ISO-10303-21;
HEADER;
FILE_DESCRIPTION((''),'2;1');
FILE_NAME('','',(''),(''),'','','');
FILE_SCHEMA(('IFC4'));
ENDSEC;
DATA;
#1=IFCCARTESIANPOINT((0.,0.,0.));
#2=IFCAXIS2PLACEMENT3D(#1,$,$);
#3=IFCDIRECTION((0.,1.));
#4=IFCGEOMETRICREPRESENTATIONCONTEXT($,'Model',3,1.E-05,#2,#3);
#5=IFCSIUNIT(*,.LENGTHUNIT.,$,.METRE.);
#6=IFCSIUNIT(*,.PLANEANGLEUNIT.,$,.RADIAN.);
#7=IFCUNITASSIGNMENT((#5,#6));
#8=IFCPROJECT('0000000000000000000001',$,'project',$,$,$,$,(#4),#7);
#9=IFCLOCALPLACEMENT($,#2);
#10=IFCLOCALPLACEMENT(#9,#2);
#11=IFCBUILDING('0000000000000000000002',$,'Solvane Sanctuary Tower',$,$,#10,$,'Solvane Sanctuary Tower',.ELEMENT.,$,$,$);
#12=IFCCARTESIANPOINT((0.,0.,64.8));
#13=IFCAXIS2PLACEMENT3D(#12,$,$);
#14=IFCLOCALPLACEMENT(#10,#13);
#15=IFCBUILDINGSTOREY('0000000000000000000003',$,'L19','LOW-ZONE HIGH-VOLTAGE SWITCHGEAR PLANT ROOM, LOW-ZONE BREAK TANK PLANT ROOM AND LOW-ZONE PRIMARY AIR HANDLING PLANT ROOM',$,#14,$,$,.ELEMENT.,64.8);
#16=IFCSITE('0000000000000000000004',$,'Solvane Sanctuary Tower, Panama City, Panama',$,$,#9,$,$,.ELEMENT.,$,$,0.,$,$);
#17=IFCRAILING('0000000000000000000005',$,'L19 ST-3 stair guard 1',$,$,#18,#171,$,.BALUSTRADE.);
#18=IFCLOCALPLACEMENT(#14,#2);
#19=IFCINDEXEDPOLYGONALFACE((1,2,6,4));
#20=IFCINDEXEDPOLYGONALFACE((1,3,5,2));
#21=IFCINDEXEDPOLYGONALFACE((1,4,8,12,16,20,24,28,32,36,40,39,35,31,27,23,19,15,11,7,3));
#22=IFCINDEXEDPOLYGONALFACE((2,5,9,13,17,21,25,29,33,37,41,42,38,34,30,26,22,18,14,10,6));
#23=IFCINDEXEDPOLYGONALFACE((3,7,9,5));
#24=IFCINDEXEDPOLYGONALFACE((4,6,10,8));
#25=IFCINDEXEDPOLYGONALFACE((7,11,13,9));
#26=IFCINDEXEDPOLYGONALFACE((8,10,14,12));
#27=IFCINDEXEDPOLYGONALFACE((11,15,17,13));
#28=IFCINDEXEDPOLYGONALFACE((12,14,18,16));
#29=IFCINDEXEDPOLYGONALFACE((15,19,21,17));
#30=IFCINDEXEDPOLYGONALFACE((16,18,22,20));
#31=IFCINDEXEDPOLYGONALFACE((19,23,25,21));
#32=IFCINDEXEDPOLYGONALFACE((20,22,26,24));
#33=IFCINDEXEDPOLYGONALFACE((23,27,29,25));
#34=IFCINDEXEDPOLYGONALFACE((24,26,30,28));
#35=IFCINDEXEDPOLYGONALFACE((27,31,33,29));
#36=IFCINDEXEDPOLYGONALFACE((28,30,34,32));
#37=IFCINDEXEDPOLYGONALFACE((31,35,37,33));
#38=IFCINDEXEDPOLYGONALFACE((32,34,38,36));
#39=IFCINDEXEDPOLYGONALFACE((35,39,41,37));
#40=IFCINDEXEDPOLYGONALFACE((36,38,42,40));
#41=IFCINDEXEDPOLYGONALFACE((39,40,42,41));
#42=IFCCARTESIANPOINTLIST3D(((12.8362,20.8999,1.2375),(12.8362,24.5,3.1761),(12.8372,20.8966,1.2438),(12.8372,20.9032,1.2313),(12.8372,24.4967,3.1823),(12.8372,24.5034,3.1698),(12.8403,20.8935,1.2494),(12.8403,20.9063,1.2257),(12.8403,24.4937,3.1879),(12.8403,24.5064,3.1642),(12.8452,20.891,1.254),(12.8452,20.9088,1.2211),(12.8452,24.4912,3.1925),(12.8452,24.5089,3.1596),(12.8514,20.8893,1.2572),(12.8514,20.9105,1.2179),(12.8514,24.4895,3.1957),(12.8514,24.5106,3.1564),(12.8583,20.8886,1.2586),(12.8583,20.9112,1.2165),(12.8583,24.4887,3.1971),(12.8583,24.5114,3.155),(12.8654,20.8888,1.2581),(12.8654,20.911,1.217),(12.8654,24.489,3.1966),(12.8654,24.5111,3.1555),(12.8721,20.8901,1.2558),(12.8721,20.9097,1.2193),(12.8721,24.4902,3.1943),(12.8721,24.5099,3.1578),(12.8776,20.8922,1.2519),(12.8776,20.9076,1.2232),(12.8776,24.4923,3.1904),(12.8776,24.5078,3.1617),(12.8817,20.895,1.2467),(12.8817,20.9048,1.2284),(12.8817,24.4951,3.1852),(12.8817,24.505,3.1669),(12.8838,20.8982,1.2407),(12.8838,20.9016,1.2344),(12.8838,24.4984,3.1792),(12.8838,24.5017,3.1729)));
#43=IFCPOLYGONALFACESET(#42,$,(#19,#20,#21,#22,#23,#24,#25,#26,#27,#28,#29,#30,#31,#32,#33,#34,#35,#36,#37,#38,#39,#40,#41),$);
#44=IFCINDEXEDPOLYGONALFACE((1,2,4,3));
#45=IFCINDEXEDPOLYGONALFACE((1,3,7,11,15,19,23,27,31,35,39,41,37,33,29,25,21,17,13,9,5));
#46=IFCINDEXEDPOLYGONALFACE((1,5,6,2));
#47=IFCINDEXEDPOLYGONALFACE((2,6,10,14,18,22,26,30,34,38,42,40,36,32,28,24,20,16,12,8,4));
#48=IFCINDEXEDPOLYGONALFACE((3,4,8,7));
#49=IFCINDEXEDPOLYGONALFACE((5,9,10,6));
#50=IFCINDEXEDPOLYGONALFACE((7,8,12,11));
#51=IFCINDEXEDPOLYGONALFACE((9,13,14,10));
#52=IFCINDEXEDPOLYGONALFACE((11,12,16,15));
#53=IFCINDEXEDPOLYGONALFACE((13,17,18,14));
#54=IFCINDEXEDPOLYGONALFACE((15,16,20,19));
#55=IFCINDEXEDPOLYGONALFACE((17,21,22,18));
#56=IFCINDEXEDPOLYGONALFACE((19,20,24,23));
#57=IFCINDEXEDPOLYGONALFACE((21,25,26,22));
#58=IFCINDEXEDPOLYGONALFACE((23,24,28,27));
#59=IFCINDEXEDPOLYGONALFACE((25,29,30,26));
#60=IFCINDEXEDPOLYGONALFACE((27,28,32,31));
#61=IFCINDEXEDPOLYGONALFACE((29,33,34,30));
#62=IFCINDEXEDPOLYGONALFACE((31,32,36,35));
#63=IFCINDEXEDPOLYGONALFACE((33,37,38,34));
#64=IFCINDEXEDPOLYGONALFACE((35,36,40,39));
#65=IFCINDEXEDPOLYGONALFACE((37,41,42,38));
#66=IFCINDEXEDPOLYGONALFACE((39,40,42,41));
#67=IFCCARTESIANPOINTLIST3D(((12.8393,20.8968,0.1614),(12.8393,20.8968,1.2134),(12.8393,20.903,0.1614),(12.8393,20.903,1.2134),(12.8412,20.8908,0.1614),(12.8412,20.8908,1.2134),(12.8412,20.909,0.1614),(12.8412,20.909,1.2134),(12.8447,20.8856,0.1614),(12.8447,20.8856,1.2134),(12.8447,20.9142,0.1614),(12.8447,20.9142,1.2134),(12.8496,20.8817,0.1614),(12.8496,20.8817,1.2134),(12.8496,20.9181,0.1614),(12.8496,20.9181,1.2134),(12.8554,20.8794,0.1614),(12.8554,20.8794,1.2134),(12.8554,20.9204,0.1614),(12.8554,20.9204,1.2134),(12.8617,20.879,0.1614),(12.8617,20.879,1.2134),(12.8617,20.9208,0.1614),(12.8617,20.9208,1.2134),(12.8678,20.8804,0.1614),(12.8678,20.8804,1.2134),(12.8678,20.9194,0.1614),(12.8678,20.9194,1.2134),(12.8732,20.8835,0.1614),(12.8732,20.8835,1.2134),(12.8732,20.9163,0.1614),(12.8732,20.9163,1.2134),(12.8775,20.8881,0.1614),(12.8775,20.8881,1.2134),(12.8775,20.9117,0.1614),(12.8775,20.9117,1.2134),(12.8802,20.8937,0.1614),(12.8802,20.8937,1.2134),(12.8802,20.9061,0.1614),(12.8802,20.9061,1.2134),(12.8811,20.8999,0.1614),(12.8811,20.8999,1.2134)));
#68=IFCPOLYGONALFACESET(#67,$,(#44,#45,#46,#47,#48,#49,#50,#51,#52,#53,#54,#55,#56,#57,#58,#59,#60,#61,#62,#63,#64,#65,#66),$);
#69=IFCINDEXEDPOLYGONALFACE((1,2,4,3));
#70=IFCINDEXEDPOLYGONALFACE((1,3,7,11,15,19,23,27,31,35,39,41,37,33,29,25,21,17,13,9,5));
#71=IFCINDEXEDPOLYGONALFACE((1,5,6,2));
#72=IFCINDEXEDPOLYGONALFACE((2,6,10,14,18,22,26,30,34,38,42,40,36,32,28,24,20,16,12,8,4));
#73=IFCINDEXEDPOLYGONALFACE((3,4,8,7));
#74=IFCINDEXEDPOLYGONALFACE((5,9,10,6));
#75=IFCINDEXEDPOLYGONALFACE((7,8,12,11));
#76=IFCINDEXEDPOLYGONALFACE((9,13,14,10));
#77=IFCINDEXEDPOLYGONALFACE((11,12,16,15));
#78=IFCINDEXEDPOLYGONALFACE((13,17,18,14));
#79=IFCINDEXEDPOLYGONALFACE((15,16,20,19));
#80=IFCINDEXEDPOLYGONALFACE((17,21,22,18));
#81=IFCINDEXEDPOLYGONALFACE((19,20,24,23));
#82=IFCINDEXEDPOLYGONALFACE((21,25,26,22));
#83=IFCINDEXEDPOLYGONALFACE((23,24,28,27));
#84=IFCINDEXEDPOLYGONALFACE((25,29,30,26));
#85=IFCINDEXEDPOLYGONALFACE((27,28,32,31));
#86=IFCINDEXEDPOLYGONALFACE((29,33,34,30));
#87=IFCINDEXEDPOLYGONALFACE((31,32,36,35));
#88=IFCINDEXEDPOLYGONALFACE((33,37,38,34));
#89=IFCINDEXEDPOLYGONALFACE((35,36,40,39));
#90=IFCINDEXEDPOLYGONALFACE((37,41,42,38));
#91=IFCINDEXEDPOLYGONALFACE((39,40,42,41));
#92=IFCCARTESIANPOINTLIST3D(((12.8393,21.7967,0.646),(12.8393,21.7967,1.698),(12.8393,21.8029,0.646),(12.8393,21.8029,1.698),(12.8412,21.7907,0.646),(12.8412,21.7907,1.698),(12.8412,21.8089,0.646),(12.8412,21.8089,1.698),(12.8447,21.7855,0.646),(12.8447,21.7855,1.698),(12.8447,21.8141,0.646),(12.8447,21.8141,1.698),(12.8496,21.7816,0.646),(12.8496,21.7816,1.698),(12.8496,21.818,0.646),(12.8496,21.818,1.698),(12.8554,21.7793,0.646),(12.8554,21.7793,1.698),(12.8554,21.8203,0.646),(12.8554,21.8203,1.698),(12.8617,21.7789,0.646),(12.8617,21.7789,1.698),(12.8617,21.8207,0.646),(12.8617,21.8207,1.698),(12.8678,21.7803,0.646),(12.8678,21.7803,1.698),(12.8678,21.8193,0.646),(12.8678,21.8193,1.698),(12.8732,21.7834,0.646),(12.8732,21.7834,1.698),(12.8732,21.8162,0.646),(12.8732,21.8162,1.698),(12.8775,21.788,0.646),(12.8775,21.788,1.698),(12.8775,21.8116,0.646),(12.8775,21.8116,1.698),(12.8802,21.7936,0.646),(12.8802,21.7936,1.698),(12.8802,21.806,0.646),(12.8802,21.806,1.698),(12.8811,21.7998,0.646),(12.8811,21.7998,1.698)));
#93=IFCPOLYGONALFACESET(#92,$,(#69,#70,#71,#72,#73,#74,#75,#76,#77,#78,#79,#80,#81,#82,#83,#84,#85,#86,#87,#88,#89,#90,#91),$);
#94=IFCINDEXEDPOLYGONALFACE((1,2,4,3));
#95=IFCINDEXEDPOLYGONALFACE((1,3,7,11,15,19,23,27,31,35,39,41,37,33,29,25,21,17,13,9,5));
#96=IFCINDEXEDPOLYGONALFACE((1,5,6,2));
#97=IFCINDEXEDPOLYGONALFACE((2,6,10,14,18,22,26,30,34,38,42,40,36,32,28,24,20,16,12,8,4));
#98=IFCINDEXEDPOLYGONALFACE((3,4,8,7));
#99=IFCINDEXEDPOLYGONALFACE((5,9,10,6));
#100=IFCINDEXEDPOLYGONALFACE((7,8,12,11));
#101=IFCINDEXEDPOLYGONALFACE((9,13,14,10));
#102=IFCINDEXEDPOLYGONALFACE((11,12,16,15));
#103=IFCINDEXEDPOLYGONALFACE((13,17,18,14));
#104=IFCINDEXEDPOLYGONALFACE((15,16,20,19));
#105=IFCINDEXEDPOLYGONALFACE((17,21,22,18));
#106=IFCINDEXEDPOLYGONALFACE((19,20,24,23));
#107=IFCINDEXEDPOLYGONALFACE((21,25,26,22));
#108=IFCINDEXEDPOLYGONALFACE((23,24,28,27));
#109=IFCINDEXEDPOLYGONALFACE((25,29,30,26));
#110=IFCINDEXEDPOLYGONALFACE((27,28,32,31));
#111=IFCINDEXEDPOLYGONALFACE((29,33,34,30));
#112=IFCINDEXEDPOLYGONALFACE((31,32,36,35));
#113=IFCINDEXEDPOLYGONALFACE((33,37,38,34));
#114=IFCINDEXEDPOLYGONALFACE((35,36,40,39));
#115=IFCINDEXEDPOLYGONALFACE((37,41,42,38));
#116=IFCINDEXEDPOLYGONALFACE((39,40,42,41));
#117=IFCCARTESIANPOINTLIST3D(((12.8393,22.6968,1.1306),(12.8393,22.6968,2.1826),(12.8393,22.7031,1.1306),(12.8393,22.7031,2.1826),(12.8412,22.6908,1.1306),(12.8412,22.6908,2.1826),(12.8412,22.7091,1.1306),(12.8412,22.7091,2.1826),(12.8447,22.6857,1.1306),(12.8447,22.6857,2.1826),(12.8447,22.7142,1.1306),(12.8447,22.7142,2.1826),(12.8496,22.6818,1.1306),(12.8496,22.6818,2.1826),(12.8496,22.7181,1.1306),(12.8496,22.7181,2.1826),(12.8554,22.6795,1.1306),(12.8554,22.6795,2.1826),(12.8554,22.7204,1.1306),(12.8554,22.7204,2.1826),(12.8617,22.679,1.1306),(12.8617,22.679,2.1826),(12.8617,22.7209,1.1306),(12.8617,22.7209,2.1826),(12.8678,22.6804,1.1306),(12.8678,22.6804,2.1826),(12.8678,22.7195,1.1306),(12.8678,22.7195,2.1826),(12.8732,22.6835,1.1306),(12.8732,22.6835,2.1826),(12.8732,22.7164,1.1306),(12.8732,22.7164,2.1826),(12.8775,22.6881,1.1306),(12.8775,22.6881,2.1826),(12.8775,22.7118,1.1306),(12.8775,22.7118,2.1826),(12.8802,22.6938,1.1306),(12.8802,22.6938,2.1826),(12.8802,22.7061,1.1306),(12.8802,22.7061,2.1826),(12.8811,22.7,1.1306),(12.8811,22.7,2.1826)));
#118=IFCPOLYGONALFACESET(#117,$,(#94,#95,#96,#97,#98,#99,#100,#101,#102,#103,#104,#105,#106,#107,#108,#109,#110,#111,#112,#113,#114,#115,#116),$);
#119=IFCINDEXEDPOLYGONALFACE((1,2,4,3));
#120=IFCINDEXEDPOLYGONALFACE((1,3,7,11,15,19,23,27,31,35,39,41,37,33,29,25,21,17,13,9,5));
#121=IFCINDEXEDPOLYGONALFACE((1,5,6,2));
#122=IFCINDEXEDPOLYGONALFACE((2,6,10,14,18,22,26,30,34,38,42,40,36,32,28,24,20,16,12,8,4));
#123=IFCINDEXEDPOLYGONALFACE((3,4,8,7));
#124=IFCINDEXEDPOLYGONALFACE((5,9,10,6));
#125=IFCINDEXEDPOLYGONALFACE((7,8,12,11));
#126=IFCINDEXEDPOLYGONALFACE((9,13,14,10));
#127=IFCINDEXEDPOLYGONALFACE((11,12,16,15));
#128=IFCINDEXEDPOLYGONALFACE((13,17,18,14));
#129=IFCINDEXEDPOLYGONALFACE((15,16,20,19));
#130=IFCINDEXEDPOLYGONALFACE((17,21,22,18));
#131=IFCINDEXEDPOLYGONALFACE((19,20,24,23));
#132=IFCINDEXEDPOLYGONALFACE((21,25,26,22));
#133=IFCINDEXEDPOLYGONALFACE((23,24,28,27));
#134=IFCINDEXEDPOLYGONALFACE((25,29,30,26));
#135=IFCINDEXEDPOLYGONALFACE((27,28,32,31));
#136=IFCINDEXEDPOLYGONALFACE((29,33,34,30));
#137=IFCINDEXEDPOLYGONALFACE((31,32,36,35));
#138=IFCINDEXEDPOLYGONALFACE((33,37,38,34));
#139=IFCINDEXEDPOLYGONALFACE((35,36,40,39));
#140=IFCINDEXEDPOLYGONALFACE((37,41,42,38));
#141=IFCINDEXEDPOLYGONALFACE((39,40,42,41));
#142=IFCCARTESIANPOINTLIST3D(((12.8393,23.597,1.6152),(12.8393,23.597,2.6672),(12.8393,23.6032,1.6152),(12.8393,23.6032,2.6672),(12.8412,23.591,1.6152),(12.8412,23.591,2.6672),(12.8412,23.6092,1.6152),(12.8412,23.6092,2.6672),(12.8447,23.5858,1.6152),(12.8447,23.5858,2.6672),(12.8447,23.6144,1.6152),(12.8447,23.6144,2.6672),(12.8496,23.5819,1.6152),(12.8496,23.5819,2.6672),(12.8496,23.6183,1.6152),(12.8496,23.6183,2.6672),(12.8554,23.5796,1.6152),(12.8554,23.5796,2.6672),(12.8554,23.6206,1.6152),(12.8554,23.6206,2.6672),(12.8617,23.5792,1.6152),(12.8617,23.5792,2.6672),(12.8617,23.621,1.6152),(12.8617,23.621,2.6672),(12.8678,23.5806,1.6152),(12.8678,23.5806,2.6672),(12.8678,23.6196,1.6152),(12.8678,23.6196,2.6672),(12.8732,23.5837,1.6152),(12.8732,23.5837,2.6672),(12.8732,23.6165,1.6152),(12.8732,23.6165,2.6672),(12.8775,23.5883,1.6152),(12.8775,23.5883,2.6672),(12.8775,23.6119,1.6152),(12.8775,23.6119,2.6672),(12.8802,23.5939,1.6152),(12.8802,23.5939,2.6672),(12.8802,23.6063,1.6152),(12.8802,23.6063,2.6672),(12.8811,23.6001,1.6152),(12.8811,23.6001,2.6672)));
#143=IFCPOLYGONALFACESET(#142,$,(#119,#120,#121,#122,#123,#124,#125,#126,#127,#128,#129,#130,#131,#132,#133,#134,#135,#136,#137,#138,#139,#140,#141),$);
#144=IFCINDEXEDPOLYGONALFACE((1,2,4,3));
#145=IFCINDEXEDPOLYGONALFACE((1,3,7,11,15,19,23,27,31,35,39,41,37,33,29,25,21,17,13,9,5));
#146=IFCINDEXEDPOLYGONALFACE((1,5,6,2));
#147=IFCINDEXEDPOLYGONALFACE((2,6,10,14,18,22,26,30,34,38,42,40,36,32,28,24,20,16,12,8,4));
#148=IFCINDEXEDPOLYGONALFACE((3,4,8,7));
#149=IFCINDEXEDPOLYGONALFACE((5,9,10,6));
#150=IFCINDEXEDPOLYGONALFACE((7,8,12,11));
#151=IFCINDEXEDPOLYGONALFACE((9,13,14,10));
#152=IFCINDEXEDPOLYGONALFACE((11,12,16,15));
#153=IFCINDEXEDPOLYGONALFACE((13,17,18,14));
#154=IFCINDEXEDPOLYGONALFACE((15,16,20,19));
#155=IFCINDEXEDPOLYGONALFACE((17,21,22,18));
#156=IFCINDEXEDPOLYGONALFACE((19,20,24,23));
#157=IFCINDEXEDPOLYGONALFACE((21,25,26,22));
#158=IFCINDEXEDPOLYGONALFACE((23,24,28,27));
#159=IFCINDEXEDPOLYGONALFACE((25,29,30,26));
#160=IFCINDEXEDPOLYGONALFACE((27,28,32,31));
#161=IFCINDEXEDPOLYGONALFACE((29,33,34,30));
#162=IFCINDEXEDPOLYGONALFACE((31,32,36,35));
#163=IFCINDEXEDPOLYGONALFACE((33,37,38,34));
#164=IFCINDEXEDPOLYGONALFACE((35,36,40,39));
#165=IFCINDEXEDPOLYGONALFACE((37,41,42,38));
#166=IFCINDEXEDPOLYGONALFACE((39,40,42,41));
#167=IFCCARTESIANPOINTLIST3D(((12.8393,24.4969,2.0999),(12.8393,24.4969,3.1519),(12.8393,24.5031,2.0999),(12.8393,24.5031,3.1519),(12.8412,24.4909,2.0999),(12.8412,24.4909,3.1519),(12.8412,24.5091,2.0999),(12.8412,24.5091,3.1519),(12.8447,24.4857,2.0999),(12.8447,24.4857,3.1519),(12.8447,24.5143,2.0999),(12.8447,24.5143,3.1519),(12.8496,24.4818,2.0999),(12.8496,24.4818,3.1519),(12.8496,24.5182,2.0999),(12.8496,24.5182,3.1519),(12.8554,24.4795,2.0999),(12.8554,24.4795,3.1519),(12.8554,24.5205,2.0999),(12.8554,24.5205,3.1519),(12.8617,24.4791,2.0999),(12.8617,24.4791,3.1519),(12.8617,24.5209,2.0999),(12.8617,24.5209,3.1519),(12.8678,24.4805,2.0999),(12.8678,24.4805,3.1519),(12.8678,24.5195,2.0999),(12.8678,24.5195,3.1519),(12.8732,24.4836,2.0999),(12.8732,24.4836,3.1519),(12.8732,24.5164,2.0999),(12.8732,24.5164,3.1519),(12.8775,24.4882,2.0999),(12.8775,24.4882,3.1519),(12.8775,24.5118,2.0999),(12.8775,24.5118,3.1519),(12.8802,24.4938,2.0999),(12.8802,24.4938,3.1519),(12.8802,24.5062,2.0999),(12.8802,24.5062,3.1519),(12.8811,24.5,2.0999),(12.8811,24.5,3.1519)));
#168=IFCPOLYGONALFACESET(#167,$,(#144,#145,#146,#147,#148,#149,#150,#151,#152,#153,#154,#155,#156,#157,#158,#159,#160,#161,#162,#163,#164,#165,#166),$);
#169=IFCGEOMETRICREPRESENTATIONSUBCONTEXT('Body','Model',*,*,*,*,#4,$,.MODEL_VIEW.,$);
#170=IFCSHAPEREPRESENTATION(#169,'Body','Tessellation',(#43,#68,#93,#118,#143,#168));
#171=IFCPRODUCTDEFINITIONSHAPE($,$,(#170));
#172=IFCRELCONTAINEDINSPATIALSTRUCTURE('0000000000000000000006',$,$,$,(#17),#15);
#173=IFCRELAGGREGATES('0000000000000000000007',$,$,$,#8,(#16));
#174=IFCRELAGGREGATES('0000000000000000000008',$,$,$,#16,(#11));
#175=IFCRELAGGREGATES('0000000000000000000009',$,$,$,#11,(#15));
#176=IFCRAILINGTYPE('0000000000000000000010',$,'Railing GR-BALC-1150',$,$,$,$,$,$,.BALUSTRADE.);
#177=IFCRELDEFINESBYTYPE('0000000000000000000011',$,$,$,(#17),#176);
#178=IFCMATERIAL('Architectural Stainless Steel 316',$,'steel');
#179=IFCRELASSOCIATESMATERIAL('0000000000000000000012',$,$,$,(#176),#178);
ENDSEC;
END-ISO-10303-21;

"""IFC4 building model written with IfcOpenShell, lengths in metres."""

from ifc_helpers import new_model, si_unit, direction, frame, origin, origin_2d, place, context, subcontext, project, spatial, circle, extrude, material, type_object, element, save


model = new_model("IFC4")

# Units and contexts
model_context = context("Model", 3, precision=1e-05, world=origin(), true_north=direction((0.0, 1.0)))
body_context = subcontext(model_context, "Body", "Model", "MODEL_VIEW")
ifc_project = project(units=[si_unit("LENGTHUNIT", "METRE"), si_unit("PLANEANGLEUNIT", "RADIAN")], contexts=[model_context])

# Site, building, storey
site_placement = place(None, origin())
site = spatial("IfcSite", under=ifc_project, at=site_placement, Name="Solvane Sanctuary Tower, Panama City, Panama", CompositionType="ELEMENT", RefElevation=0.0)
building_placement = place(site_placement, origin())
building = spatial("IfcBuilding", under=site, at=building_placement, Name="Solvane Sanctuary Tower", LongName="Solvane Sanctuary Tower", CompositionType="ELEMENT")
storey_placement = place(building_placement, frame((0.0, 0.0, 64.8)))
storey = spatial("IfcBuildingStorey", under=building, at=storey_placement, Name="L19", Description="LOW-ZONE HIGH-VOLTAGE SWITCHGEAR PLANT ROOM, LOW-ZONE BREAK TANK PLANT ROOM AND LOW-ZONE PRIMARY AIR HANDLING PLANT ROOM", CompositionType="ELEMENT", Elevation=64.8)

# Shared definitions
ifc_material_1 = material(Name="Architectural Stainless Steel 316", Category="steel")

# Railing
railing_type_1 = type_object("IfcRailingType", Name="Railing GR-BALC-1150", PredefinedType="BALUSTRADE", material=ifc_material_1)
railing_1_placement = place(storey_placement, frame((12.8601, 20.8999, 0.1614)))
element("IfcRailing", 1, at=railing_1_placement, inside=storey, type_object=railing_type_1, Name="L19 ST-3 stair guard 1", PredefinedType="BALUSTRADE", context=body_context, shape_type="SweptSolid", body=[
    extrude(circle(Radius=0.0239, at=origin_2d()), frame((0.0, 0.0, 1.0762), z_axis=(0.0, 0.880475, 0.474093), x_axis=(-1.0, 0.0, 0.0)), (0.0, 0.0, 1.0), 4.0889),
    extrude(circle(Radius=0.021, at=origin_2d()), origin(), (0.0, 0.0, 1.0), 1.052),
    extrude(circle(Radius=0.021, at=origin_2d()), frame((0.0, 0.8999, 0.4846)), (0.0, 0.0, 1.0), 1.052),
    extrude(circle(Radius=0.021, at=origin_2d()), frame((0.0, 1.8, 0.9692)), (0.0, 0.0, 1.0), 1.052),
    extrude(circle(Radius=0.021, at=origin_2d()), frame((0.0, 2.7002, 1.4539)), (0.0, 0.0, 1.0), 1.052),
    extrude(circle(Radius=0.021, at=origin_2d()), frame((0.0, 3.6001, 1.9385)), (0.0, 0.0, 1.0), 1.052),
])

save(model, "model.ifc")
